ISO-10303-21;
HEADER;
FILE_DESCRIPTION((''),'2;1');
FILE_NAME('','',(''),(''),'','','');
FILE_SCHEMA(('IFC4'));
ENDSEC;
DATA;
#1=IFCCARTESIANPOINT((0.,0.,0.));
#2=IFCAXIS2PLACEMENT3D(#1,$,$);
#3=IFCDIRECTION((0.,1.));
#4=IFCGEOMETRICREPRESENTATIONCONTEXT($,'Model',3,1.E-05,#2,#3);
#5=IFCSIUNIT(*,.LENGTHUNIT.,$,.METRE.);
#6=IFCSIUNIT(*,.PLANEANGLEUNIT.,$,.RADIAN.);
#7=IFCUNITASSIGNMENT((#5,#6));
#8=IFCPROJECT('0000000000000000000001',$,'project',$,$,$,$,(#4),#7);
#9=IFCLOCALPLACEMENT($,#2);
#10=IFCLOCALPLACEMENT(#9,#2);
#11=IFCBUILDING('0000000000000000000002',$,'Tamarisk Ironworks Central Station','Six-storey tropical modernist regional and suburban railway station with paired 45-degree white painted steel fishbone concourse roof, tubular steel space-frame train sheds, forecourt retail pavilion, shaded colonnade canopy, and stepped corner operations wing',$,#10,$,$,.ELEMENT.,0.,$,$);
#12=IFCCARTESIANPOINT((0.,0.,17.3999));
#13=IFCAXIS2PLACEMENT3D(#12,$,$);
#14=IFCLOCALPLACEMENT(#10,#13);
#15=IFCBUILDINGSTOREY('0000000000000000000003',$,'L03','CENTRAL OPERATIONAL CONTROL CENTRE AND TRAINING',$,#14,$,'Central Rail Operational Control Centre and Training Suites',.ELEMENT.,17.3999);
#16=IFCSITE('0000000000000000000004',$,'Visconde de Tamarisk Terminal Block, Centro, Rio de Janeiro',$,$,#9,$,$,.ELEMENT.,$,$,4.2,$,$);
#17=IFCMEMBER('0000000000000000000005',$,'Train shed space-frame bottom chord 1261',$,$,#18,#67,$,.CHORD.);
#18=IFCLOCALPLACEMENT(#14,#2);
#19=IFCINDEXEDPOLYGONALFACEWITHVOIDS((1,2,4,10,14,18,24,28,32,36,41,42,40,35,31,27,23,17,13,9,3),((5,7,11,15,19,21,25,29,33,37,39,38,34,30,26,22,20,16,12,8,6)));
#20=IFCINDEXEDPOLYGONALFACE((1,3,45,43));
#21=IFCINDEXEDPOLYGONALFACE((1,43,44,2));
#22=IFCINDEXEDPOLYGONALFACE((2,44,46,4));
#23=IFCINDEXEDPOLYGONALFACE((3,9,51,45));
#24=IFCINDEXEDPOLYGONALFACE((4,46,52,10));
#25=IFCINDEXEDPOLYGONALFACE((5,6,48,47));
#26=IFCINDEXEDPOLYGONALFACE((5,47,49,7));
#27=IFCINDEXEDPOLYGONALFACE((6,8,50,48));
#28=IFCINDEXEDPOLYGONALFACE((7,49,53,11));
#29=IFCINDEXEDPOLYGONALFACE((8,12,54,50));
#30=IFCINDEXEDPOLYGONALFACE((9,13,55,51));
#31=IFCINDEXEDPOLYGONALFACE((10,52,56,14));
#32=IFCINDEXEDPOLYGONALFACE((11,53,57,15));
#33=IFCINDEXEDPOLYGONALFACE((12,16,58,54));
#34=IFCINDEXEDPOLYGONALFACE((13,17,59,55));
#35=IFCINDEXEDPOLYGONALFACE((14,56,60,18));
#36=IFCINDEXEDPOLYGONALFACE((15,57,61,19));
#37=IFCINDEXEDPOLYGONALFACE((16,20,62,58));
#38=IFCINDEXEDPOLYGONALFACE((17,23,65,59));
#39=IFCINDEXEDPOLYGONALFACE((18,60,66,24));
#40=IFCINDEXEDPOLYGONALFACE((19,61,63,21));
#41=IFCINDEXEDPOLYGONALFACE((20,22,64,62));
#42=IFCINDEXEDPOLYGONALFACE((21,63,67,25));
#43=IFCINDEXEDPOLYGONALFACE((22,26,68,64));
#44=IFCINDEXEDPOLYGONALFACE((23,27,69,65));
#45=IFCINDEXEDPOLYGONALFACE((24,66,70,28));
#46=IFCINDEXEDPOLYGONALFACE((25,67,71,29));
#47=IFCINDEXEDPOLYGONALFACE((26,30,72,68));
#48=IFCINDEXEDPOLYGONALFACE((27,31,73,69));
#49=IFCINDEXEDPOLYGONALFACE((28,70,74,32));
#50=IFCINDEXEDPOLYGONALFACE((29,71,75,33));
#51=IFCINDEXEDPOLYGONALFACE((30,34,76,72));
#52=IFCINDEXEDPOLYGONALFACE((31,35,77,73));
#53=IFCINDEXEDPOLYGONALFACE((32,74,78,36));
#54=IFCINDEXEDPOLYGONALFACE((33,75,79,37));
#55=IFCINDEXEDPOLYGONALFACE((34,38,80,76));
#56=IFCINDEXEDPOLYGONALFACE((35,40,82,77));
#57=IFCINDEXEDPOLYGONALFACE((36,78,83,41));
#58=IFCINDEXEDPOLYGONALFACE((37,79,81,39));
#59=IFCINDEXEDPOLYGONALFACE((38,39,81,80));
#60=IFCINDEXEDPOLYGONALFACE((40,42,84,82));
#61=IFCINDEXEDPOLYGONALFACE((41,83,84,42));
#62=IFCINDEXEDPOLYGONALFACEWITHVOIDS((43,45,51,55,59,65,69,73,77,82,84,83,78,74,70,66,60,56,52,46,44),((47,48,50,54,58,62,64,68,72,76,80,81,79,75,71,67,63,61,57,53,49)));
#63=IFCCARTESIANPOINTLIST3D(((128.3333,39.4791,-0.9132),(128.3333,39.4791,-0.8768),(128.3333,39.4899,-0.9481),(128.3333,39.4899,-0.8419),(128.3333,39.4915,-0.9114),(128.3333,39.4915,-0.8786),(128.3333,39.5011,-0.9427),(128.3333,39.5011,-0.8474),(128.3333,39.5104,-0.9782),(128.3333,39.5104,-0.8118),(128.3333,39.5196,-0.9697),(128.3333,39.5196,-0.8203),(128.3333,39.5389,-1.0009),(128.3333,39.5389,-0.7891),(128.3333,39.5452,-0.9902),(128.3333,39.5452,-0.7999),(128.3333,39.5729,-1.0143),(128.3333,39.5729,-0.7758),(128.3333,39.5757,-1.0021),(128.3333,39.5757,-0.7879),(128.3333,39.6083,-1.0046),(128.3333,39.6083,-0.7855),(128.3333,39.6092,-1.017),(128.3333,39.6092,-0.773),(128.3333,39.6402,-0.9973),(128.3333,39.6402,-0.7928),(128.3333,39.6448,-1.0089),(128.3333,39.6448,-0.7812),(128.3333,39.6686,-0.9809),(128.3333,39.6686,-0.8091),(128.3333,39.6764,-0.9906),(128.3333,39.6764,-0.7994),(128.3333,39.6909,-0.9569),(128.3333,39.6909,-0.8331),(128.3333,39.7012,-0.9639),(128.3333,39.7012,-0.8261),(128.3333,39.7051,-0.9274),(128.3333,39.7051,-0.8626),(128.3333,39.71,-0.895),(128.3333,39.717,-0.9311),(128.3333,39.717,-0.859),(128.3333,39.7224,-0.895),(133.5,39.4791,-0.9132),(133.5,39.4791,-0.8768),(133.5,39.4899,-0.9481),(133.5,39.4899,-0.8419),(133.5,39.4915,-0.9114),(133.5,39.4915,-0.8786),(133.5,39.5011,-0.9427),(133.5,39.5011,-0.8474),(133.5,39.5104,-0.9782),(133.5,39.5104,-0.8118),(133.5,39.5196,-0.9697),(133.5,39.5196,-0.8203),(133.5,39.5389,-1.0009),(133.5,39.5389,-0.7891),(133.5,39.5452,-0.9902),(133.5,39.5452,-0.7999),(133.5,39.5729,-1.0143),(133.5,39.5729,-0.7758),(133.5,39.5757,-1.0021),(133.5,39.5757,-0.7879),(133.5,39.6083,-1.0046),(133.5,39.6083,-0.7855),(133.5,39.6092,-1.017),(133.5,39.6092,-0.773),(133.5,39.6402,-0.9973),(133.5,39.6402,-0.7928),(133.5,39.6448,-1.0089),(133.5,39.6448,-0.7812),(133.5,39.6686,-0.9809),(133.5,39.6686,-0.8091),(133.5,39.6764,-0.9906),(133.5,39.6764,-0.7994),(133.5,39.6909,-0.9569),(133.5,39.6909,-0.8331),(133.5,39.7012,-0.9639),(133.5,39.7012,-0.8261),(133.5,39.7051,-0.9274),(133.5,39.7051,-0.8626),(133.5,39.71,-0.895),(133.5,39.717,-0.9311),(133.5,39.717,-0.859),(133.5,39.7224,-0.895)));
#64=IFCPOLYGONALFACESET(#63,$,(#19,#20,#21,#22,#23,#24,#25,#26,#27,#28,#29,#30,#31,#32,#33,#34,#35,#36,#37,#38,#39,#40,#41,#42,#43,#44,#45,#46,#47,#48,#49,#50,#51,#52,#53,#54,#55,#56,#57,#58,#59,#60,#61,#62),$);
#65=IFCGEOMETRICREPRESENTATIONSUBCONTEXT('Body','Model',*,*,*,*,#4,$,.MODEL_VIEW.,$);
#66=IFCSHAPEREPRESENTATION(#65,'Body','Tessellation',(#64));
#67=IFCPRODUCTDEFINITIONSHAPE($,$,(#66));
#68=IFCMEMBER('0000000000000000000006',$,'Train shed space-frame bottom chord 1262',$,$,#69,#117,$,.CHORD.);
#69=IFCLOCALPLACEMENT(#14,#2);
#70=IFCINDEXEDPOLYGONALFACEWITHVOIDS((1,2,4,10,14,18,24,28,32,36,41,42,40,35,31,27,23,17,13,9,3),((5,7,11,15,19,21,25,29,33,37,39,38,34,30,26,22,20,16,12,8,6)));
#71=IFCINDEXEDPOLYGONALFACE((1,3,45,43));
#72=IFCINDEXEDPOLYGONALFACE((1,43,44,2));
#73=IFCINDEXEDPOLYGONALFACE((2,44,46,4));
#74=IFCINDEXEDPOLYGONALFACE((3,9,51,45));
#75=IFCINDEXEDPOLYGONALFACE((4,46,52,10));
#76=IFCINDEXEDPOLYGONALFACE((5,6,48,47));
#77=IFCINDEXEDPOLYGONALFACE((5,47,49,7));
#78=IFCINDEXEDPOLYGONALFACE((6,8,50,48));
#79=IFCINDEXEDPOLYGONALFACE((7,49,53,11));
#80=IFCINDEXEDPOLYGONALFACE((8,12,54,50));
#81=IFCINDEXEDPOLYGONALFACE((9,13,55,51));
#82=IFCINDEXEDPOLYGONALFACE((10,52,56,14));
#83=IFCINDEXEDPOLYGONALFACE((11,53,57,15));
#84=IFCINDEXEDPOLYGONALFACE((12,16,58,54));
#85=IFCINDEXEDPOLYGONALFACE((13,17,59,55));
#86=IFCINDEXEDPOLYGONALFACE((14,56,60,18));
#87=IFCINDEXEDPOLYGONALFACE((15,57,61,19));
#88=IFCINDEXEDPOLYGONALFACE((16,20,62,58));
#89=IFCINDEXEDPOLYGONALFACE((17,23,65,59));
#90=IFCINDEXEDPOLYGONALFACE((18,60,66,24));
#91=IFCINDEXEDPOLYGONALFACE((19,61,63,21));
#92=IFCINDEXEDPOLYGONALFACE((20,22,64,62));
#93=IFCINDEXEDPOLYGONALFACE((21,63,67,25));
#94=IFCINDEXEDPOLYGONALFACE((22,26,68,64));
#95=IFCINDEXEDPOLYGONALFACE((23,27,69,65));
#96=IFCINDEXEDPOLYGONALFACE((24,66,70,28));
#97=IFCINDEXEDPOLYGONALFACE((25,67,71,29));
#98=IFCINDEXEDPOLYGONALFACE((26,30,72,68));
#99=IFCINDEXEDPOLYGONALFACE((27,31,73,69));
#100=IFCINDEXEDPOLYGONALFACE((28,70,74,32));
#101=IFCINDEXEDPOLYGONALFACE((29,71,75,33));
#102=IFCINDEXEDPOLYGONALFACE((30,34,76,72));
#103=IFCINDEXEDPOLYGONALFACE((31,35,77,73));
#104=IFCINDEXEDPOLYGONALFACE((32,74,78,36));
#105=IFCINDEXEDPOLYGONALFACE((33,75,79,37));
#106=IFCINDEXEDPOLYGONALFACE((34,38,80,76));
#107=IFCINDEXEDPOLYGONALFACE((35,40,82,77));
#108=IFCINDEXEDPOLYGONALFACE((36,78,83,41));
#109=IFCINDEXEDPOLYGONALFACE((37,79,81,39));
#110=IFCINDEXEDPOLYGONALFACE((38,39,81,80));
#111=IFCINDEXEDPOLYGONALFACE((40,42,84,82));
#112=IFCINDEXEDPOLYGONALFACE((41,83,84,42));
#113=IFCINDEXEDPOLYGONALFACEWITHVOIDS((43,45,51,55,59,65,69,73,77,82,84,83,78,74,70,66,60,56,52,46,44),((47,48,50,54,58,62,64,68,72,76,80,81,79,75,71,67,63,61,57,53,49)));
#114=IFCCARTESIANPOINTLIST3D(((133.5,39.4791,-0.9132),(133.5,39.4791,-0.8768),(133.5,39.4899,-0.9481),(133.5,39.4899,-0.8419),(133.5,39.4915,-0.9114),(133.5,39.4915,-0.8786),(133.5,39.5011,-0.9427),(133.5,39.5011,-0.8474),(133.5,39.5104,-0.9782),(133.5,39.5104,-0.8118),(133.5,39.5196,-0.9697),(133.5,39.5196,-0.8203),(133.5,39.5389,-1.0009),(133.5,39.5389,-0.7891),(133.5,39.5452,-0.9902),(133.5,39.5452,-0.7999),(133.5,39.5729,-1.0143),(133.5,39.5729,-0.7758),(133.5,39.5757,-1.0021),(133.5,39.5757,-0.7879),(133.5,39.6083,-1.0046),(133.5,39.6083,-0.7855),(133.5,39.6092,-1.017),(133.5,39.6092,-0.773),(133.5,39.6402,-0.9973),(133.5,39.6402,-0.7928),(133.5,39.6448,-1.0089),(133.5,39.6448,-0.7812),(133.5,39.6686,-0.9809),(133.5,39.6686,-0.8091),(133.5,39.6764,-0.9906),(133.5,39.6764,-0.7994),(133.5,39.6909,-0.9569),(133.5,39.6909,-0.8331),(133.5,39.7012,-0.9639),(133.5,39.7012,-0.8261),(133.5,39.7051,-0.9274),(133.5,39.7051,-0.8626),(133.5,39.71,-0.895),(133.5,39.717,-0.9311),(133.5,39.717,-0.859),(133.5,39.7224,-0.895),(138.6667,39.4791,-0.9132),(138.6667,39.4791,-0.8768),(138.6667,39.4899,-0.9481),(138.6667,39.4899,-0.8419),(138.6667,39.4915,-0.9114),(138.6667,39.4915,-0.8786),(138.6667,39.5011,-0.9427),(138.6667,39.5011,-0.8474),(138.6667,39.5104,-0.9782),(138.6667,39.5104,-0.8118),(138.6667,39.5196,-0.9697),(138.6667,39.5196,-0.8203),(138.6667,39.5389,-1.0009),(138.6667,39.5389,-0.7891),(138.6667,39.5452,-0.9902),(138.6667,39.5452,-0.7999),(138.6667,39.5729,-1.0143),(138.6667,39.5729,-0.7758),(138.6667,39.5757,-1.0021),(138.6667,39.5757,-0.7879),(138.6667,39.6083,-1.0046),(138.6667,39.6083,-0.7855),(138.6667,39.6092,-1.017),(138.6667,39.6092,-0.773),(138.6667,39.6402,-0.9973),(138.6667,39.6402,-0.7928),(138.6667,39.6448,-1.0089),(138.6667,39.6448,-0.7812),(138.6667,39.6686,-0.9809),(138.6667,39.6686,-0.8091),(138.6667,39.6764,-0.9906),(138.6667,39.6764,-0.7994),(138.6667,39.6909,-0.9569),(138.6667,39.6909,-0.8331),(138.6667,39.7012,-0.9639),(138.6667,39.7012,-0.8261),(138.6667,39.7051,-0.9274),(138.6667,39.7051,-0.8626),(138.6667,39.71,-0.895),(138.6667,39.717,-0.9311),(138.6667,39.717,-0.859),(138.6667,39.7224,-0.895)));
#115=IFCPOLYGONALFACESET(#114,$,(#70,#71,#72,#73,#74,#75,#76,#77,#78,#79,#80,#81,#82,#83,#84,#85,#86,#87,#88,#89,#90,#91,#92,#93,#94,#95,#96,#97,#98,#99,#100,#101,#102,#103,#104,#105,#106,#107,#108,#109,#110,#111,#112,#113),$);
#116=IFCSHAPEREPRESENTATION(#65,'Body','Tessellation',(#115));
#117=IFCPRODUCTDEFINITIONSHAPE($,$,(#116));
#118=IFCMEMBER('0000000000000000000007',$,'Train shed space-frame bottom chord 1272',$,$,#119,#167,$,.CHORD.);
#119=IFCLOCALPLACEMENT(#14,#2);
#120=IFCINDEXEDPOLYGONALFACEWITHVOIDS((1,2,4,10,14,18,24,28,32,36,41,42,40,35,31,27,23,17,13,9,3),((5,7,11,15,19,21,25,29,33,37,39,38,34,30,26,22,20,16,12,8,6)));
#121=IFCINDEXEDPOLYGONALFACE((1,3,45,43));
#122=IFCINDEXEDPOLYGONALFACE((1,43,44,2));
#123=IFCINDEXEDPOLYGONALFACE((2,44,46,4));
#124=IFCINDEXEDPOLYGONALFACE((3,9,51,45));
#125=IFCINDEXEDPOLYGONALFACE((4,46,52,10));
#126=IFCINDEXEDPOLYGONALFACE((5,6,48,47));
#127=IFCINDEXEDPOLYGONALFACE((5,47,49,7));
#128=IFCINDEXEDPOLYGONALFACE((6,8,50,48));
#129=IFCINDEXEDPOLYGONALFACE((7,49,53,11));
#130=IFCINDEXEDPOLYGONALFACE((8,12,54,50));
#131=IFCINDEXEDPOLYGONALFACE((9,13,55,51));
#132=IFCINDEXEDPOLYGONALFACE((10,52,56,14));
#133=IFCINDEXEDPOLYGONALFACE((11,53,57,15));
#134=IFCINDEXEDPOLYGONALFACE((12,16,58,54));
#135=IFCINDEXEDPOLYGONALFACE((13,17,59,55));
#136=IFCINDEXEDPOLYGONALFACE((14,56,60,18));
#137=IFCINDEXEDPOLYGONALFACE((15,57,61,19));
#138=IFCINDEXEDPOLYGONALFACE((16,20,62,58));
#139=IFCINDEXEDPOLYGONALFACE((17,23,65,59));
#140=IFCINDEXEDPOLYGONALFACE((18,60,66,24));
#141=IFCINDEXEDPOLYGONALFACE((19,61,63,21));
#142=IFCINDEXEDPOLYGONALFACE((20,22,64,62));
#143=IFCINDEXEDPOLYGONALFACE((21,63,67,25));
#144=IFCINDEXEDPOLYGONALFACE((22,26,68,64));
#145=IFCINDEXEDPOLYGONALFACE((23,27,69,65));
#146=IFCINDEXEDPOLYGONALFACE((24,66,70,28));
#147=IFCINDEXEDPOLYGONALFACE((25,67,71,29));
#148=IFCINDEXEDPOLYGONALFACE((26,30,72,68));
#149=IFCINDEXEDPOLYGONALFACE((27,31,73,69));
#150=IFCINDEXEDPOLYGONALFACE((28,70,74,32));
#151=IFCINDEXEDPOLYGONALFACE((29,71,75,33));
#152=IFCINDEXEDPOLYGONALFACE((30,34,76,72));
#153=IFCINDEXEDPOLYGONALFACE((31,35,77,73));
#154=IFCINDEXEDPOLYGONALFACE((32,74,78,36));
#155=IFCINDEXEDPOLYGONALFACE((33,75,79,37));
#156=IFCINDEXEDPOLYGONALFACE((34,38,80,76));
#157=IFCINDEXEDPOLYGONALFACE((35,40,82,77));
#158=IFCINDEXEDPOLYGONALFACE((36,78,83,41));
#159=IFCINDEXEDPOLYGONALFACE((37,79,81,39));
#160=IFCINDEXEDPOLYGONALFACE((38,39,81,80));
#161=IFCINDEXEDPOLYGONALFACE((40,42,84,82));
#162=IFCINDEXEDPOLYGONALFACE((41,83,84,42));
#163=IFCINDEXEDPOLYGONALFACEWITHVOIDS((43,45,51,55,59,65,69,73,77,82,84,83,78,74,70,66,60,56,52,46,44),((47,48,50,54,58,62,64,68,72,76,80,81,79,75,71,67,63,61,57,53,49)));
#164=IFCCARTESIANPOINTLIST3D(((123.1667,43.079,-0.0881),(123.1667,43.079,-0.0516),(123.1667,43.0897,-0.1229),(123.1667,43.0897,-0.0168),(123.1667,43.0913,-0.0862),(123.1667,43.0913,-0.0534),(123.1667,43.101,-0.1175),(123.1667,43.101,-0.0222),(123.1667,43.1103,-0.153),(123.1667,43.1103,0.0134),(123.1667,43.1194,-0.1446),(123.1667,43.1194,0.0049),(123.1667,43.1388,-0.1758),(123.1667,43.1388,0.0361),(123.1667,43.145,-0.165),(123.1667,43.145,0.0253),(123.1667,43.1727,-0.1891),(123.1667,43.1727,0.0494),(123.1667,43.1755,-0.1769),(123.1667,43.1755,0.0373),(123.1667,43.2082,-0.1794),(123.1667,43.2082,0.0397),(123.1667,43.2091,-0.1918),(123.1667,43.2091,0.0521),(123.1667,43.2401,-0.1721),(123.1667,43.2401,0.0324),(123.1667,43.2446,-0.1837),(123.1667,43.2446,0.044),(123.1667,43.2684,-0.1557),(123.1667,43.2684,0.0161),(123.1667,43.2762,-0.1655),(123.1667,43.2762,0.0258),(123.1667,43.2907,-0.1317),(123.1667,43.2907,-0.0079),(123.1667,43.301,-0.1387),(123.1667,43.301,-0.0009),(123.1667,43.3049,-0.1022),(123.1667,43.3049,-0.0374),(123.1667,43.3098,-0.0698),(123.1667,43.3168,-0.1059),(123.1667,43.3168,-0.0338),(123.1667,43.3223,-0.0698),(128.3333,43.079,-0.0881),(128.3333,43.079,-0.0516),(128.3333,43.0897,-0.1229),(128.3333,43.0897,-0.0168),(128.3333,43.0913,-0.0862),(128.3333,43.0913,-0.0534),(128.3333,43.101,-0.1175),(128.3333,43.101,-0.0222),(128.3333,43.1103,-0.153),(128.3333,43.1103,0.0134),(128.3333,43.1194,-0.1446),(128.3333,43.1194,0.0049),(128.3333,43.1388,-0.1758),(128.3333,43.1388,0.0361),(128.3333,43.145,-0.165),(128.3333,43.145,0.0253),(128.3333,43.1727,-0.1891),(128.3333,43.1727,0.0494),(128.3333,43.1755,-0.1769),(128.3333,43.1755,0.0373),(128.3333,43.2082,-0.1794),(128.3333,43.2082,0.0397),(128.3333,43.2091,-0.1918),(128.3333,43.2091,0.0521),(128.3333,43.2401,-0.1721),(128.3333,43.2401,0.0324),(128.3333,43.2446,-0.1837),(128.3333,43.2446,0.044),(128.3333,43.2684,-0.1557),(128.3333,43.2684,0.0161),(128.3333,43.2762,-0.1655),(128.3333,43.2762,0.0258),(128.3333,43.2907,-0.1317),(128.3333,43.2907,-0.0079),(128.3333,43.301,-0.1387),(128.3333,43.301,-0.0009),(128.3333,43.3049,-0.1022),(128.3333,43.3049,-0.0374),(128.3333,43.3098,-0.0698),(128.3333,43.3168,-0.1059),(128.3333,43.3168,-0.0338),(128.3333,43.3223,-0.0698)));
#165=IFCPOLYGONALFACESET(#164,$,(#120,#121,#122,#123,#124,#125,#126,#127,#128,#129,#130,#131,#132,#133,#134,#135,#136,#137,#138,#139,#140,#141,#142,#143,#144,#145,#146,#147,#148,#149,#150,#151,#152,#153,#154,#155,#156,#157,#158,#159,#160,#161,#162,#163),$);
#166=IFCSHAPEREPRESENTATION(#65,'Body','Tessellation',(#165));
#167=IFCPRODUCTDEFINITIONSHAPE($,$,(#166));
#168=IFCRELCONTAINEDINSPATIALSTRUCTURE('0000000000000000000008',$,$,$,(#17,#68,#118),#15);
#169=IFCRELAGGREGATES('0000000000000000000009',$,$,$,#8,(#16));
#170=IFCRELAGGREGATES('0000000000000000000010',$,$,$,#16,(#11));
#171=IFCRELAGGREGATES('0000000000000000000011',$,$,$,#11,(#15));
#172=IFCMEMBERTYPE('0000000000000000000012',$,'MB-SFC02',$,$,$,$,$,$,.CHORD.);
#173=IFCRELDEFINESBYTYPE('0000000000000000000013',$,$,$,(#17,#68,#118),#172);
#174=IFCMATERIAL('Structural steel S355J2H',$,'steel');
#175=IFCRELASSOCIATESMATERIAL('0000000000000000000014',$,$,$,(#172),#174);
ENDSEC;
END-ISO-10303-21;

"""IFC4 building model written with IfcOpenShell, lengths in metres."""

from ifc_helpers import new_model, si_unit, direction, frame, origin, origin_2d, place, context, subcontext, project, spatial, hollow_circle, extrude, material, material_profile, profile_set, type_object, element, save


model = new_model("IFC4")

# Units and contexts
model_context = context("Model", 3, precision=1e-05, world=origin(), true_north=direction((0.0, 1.0)))
body_context = subcontext(model_context, "Body", "Model", "MODEL_VIEW")
ifc_project = project(units=[si_unit("LENGTHUNIT", "METRE"), si_unit("PLANEANGLEUNIT", "RADIAN")], contexts=[model_context])

# Site, building, storey
site_placement = place(None, origin())
site = spatial("IfcSite", under=ifc_project, at=site_placement, Name="Visconde de Tamarisk Terminal Block, Centro, Rio de Janeiro", CompositionType="ELEMENT", RefElevation=4.2)
building_placement = place(site_placement, origin())
building = spatial("IfcBuilding", under=site, at=building_placement, Name="Tamarisk Ironworks Central Station", Description="Six-storey tropical modernist regional and suburban railway station with paired 45-degree white painted steel fishbone concourse roof, tubular steel space-frame train sheds, forecourt retail pavilion, shaded colonnade canopy, and stepped corner operations wing", CompositionType="ELEMENT", ElevationOfRefHeight=0.0)
storey_placement = place(building_placement, frame((0.0, 0.0, 17.3999)))
storey = spatial("IfcBuildingStorey", under=building, at=storey_placement, Name="L03", Description="CENTRAL OPERATIONAL CONTROL CENTRE AND TRAINING", LongName="Central Rail Operational Control Centre and Training Suites", CompositionType="ELEMENT", Elevation=17.3999)

# Members
ifc_material_1 = material(Name="Structural steel S355J2H", Category="steel")
ifc_material_profile_1 = material_profile(ifc_material_1, hollow_circle(Radius=0.1223, WallThickness=0.0125, at=origin_2d()), Name="CHS 244.5x12.5")
ifc_profile_set_1 = profile_set([ifc_material_profile_1], Name="Structural steel S355J2H")
member_type_1 = type_object("IfcMemberType", Name="MB-SFC02", PredefinedType="CHORD", material=ifc_profile_set_1)
for number, where, z_axis, x_axis, name in (
    (1, (128.3333, 39.6001, -0.895), (1.0, 0.0, 0.0), (0.0, 1.0, 0.0), "Train shed space-frame bottom chord 1261"),
    (2, (133.5, 39.6001, -0.895), (1.0, 0.0, 0.0), (0.0, 1.0, 0.0), "Train shed space-frame bottom chord 1262"),
):
    element("IfcMember", number, at=place(storey_placement, frame(where, z_axis=z_axis, x_axis=x_axis)), inside=storey, type_object=member_type_1, Name=name, PredefinedType="CHORD", context=body_context, shape_type="SweptSolid", body=[
        extrude(hollow_circle(Radius=0.1223, WallThickness=0.0125, at=origin_2d()), origin(), (0.0, 0.0, 1.0), 5.1667),
    ])
member_1_placement = place(storey_placement, frame((123.1667, 43.2, -0.0698), z_axis=(1.0, 0.0, 0.0), x_axis=(0.0, 1.0, 0.0)))
element("IfcMember", 3, at=member_1_placement, inside=storey, type_object=member_type_1, Name="Train shed space-frame bottom chord 1272", PredefinedType="CHORD", context=body_context, shape_type="SweptSolid", body=[
    extrude(hollow_circle(Radius=0.1223, WallThickness=0.0125, at=origin_2d()), origin(), (0.0, 0.0, 1.0), 5.1665),
])

save(model, "model.ifc")
